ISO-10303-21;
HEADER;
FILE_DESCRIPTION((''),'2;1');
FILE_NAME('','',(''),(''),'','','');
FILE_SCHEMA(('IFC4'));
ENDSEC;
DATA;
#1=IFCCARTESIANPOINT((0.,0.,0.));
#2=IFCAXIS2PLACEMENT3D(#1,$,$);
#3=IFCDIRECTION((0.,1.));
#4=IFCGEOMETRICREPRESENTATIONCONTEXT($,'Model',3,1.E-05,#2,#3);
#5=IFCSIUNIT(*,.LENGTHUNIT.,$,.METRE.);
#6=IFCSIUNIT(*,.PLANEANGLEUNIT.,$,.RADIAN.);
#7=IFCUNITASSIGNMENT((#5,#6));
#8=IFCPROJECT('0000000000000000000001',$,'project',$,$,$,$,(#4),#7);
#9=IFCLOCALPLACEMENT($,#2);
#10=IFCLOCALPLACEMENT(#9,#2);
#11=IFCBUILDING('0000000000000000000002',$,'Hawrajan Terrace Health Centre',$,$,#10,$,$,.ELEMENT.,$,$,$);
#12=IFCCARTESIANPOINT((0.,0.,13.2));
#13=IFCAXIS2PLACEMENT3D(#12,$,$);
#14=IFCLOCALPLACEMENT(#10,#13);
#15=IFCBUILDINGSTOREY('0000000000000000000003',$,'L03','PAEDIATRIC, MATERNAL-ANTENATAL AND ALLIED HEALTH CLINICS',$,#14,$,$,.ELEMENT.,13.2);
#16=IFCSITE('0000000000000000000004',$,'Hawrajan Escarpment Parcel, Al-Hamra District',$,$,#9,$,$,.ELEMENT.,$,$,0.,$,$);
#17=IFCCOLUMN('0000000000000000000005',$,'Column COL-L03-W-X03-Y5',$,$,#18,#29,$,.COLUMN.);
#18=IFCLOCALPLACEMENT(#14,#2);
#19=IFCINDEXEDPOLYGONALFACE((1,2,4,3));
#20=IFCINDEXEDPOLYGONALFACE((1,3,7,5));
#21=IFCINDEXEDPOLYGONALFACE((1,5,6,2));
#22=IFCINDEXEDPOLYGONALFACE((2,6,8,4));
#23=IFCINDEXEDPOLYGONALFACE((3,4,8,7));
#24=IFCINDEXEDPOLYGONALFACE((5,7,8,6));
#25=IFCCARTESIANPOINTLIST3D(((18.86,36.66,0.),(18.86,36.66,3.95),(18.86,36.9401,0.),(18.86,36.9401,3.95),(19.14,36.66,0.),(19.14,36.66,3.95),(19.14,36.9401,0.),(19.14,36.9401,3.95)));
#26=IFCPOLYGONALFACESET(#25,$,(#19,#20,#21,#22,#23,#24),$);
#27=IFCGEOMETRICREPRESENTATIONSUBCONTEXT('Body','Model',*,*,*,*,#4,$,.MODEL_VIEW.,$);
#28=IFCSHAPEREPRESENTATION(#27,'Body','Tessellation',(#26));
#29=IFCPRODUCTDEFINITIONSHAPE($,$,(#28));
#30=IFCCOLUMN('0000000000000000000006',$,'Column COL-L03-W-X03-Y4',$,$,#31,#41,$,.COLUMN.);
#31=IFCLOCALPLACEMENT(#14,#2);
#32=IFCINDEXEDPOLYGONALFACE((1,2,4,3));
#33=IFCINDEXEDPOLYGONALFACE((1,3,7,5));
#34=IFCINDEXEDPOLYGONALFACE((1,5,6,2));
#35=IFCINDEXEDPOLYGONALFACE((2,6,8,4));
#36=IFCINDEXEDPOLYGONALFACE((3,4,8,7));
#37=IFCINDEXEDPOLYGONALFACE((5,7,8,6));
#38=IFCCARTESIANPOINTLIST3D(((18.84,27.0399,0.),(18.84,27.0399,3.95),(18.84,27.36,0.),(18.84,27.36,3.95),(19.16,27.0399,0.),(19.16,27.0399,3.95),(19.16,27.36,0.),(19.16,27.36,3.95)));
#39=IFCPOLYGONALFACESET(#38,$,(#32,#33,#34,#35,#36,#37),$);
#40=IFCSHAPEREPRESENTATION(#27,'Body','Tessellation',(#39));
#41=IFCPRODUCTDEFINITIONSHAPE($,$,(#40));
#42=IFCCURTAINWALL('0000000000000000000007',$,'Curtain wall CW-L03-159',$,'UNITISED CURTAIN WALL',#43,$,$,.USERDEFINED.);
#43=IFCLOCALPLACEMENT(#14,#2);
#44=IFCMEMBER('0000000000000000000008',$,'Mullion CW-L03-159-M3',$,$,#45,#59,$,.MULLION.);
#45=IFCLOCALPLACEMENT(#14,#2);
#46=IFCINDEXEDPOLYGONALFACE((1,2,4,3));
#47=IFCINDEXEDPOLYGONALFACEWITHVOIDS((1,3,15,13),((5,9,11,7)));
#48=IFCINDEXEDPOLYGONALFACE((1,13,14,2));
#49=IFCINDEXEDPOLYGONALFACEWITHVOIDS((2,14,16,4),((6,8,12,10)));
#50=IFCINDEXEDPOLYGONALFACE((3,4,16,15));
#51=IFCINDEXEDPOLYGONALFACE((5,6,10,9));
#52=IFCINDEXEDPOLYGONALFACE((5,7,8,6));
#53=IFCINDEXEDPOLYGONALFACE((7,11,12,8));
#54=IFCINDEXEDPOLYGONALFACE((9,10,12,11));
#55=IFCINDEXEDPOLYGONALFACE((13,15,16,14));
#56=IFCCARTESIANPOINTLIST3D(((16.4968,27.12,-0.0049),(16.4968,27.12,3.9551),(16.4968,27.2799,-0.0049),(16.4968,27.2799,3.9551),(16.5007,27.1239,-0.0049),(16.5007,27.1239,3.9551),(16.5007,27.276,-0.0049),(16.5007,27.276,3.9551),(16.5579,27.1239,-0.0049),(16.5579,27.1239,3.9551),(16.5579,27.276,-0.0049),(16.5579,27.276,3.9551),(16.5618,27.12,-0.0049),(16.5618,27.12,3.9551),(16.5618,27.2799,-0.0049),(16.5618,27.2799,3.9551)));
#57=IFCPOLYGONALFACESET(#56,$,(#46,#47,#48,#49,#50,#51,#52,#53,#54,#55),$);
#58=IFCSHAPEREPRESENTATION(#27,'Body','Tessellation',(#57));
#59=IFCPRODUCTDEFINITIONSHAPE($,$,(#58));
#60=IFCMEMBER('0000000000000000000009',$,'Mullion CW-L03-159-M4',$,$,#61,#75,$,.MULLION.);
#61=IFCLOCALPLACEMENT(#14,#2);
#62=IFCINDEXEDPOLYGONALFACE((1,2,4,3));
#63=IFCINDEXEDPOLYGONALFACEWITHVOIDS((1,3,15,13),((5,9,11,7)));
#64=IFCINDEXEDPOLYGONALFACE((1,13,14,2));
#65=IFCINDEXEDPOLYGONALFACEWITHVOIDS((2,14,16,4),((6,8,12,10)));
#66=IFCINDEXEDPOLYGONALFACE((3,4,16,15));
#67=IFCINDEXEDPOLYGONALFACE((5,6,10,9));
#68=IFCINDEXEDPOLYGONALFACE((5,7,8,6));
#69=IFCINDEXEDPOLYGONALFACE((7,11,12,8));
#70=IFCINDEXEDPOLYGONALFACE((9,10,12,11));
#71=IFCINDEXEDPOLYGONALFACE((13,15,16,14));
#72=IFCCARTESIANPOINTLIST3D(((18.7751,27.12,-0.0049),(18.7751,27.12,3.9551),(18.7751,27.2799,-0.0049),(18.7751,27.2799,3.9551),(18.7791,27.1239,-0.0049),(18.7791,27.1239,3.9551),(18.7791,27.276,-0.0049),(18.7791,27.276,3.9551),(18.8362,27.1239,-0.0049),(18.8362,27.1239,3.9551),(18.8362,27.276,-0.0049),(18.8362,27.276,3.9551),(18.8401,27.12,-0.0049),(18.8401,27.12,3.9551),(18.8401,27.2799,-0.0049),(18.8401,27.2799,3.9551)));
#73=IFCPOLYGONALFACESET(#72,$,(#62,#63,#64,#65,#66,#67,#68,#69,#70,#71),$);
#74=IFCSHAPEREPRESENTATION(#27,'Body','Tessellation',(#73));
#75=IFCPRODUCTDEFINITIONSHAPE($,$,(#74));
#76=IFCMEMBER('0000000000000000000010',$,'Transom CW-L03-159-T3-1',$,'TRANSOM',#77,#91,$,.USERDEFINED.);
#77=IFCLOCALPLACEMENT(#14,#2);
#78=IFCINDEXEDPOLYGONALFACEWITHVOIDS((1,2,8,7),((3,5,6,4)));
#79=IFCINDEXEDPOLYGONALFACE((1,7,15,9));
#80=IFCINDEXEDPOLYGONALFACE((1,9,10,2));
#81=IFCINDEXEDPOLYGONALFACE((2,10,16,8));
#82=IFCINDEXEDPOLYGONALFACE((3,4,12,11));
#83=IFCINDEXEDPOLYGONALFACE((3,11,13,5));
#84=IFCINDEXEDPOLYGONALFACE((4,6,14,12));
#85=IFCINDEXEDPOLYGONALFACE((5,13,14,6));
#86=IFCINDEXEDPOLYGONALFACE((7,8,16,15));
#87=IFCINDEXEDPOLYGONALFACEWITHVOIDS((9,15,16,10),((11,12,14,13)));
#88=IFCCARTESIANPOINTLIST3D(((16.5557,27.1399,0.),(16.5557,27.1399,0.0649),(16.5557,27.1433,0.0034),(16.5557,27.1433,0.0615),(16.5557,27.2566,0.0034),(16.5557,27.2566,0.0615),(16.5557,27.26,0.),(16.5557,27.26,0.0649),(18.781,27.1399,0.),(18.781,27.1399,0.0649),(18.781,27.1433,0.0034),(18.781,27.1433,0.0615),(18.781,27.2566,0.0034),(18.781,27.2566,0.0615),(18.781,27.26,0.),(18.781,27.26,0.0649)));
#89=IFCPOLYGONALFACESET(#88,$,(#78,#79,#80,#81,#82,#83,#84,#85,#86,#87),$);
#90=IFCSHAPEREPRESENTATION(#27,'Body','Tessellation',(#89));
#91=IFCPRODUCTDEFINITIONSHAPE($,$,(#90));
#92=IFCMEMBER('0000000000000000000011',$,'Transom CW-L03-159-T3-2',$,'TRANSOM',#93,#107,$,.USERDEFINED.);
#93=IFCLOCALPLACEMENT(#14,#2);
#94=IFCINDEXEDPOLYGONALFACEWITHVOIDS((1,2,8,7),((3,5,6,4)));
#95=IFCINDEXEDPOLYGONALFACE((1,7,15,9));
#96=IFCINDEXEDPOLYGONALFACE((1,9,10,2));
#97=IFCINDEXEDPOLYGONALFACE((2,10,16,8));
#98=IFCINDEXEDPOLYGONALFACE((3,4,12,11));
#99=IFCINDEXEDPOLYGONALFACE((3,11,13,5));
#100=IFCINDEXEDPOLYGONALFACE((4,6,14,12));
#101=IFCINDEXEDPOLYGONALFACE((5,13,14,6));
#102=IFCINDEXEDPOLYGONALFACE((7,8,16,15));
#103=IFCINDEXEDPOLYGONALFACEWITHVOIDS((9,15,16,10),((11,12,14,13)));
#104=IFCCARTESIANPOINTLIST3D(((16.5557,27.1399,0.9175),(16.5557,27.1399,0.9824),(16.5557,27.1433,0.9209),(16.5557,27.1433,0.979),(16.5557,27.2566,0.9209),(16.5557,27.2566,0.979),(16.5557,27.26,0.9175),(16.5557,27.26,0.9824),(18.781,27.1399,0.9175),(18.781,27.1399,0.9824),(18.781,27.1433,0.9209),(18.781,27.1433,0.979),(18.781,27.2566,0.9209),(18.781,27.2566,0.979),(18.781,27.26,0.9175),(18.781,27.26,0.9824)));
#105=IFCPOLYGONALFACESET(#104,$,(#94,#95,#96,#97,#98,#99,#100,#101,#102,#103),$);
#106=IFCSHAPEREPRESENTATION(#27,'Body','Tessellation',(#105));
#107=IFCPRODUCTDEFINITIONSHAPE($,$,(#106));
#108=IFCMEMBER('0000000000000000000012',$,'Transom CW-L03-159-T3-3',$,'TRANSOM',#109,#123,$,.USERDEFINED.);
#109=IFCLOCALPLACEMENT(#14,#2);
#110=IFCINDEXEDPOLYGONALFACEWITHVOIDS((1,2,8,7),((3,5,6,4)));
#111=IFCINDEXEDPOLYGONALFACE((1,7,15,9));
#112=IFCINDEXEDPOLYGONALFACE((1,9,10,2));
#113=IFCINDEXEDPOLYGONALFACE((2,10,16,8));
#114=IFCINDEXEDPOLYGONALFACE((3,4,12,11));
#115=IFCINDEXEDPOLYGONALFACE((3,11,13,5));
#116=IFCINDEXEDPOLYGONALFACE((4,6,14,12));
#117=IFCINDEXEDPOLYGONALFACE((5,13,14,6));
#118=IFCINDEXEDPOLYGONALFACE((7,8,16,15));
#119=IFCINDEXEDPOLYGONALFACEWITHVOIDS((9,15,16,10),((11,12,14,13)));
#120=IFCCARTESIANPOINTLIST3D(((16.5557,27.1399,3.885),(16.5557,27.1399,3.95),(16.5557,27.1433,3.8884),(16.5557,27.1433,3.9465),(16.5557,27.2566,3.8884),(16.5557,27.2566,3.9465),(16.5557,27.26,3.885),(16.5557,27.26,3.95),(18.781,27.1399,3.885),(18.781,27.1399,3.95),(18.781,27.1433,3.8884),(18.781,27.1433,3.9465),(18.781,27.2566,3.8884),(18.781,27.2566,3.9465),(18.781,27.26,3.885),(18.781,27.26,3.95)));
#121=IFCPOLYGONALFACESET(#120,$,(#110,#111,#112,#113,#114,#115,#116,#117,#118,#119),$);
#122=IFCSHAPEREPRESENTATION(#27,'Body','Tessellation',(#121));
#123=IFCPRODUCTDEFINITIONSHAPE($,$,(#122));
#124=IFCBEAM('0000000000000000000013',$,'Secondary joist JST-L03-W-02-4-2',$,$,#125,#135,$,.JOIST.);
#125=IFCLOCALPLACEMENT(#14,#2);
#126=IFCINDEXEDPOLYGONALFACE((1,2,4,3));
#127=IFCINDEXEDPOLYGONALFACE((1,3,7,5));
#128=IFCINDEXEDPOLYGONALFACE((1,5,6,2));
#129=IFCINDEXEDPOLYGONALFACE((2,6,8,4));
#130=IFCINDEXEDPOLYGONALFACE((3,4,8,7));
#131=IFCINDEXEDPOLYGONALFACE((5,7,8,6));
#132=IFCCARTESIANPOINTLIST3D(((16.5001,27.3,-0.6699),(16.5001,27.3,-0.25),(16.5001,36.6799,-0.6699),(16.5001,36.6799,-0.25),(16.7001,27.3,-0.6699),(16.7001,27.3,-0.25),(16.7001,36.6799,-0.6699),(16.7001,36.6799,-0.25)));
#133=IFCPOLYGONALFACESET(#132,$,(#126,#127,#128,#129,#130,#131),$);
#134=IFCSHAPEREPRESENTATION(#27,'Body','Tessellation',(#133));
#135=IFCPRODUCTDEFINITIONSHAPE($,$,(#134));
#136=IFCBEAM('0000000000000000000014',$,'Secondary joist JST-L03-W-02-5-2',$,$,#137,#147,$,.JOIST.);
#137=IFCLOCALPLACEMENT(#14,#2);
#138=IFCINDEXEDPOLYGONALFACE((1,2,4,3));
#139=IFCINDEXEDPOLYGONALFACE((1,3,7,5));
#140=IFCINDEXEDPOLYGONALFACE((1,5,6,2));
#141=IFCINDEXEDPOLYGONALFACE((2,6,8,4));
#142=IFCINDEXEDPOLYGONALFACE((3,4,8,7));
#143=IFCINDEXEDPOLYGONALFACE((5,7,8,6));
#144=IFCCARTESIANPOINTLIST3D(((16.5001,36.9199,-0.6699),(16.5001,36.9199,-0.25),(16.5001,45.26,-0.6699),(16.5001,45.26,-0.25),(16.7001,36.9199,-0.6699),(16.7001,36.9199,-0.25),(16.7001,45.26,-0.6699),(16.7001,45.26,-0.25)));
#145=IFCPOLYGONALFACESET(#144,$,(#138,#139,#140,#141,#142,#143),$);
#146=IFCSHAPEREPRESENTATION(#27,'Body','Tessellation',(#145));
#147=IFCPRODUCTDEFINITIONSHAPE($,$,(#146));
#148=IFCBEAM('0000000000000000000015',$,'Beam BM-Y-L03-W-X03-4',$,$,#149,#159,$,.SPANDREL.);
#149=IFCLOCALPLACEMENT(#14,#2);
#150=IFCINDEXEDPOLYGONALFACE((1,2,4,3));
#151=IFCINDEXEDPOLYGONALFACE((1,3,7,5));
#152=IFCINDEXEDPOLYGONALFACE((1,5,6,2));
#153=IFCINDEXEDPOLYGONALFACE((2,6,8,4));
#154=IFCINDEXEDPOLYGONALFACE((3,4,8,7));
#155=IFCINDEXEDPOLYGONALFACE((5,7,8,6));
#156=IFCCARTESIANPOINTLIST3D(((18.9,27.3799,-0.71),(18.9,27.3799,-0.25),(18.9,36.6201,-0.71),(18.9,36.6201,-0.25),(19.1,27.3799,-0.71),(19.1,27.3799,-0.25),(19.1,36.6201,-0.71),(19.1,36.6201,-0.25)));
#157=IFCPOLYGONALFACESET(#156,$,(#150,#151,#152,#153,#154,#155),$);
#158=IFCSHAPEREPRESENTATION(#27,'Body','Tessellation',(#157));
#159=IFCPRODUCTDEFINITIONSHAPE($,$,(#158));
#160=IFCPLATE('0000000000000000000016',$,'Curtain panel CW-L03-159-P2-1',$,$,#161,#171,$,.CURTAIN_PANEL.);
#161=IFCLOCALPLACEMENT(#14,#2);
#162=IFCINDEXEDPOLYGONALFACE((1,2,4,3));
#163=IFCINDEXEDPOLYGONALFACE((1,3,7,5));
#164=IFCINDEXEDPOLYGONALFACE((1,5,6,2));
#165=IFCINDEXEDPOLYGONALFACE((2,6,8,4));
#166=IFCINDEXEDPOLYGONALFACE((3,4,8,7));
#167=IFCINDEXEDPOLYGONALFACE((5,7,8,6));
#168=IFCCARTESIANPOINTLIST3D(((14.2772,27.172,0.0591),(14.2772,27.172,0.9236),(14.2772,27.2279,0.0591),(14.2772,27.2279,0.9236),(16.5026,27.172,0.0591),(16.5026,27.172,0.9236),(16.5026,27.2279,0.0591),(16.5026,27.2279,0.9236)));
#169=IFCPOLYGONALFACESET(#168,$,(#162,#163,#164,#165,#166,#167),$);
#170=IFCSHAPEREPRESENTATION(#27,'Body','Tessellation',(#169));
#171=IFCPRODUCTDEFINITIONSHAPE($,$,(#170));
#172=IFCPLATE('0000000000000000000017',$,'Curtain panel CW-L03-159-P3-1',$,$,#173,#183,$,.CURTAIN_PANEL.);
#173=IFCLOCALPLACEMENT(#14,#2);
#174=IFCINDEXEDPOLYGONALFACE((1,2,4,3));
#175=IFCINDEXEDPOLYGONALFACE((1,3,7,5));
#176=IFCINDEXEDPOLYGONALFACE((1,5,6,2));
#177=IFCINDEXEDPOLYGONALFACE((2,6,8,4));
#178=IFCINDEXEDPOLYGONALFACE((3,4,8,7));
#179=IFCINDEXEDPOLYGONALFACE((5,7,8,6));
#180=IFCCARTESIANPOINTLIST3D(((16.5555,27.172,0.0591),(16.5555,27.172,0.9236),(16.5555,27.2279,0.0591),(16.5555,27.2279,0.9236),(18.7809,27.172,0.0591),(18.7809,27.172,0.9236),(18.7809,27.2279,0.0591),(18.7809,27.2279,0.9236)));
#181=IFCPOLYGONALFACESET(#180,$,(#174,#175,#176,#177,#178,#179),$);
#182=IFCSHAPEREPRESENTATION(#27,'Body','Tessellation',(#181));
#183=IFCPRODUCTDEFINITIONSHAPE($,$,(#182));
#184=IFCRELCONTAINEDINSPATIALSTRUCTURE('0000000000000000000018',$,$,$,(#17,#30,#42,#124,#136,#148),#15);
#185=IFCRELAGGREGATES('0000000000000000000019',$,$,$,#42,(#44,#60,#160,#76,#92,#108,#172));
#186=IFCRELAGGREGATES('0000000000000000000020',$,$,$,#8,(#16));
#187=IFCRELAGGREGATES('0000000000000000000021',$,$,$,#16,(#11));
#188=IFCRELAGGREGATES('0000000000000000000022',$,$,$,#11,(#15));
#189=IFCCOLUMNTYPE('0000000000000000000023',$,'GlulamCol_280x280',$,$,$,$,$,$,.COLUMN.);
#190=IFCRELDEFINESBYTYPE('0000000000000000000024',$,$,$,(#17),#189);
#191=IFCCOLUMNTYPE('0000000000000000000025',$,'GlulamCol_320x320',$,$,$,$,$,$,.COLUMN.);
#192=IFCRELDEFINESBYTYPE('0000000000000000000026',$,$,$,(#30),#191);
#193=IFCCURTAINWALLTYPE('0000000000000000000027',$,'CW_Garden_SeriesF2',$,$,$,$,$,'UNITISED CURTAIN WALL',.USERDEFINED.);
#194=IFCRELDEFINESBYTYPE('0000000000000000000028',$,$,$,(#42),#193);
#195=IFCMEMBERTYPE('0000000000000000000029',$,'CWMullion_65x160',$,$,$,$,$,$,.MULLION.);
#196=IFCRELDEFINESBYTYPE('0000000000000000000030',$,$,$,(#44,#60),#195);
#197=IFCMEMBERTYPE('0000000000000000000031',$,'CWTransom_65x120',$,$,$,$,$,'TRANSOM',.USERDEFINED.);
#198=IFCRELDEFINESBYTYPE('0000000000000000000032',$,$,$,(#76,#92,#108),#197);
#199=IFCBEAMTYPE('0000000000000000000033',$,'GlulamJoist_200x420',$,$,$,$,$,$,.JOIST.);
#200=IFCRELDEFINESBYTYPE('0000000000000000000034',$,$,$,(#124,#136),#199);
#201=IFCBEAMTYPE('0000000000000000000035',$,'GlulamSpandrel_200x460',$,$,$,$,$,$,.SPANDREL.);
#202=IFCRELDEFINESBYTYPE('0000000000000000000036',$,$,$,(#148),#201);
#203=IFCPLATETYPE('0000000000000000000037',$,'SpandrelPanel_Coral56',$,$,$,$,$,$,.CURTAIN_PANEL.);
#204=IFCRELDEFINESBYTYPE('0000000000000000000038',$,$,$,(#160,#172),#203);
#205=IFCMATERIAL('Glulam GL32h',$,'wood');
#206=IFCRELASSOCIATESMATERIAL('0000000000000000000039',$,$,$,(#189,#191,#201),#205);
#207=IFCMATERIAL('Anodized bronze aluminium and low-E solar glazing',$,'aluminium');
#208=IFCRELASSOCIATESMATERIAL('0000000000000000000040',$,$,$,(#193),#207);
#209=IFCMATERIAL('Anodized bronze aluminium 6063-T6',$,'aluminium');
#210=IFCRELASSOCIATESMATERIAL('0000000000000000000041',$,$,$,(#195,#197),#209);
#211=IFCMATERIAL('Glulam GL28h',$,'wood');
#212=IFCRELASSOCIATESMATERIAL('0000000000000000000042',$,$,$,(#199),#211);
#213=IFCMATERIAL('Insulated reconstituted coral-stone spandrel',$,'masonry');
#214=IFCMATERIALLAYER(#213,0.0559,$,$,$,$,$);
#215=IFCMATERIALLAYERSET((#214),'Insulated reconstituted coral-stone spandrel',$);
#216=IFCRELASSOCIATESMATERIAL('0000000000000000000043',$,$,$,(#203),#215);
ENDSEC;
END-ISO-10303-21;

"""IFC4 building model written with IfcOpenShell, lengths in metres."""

from ifc_helpers import new_model, si_unit, direction, frame, origin, origin_2d, place, context, subcontext, project, spatial, rectangle, hollow_rectangle, extrude, material, layer, layer_set, material_profile, profile_set, type_object, element, aggregate, save


model = new_model("IFC4")

# Units and contexts
model_context = context("Model", 3, precision=1e-05, world=origin(), true_north=direction((0.0, 1.0)))
body_context = subcontext(model_context, "Body", "Model", "MODEL_VIEW")
ifc_project = project(units=[si_unit("LENGTHUNIT", "METRE"), si_unit("PLANEANGLEUNIT", "RADIAN")], contexts=[model_context])

# Site, building, storey
site_placement = place(None, origin())
site = spatial("IfcSite", under=ifc_project, at=site_placement, Name="Hawrajan Escarpment Parcel, Al-Hamra District", CompositionType="ELEMENT", RefElevation=0.0)
building_placement = place(site_placement, origin())
building = spatial("IfcBuilding", under=site, at=building_placement, Name="Hawrajan Terrace Health Centre", CompositionType="ELEMENT")
storey_placement = place(building_placement, frame((0.0, 0.0, 13.2)))
storey = spatial("IfcBuildingStorey", under=building, at=storey_placement, Name="L03", Description="PAEDIATRIC, MATERNAL-ANTENATAL AND ALLIED HEALTH CLINICS", CompositionType="ELEMENT", Elevation=13.2)

# Columns
ifc_material_1 = material(Name="Glulam GL32h", Category="wood")
ifc_material_profile_1 = material_profile(ifc_material_1, rectangle(XDim=0.28, YDim=0.28, at=origin_2d()), Name="GL 280x280")
ifc_profile_set_1 = profile_set([ifc_material_profile_1], Name="Glulam GL32h")
column_type_1 = type_object("IfcColumnType", Name="GlulamCol_280x280", PredefinedType="COLUMN", material=ifc_profile_set_1)
column_1_placement = place(storey_placement, frame((19.0, 36.8, 0.0), z_axis=(0.0, 0.0, 1.0), x_axis=(1.0, 0.0, 0.0)))
element("IfcColumn", 1, at=column_1_placement, inside=storey, type_object=column_type_1, Name="Column COL-L03-W-X03-Y5", PredefinedType="COLUMN", context=body_context, shape_type="SweptSolid", body=[
    extrude(rectangle(XDim=0.28, YDim=0.28, at=origin_2d()), origin(), (0.0, 0.0, 1.0), 3.95),
])
ifc_material_profile_2 = material_profile(ifc_material_1, rectangle(XDim=0.3201, YDim=0.3201, at=origin_2d()), Name="GL 320x320")
ifc_profile_set_2 = profile_set([ifc_material_profile_2], Name="Glulam GL32h")
column_type_2 = type_object("IfcColumnType", Name="GlulamCol_320x320", PredefinedType="COLUMN", material=ifc_profile_set_2)
column_2_placement = place(storey_placement, frame((19.0, 27.2, 0.0), z_axis=(0.0, 0.0, 1.0), x_axis=(1.0, 0.0, 0.0)))
element("IfcColumn", 2, at=column_2_placement, inside=storey, type_object=column_type_2, Name="Column COL-L03-W-X03-Y4", PredefinedType="COLUMN", context=body_context, shape_type="SweptSolid", body=[
    extrude(rectangle(XDim=0.3201, YDim=0.3201, at=origin_2d()), origin(), (0.0, 0.0, 1.0), 3.95),
])

# Curtain wall, members
ifc_material_2 = material(Name="Anodized bronze aluminium and low-E solar glazing", Category="aluminium")
curtain_wall_type = type_object("IfcCurtainWallType", Name="CW_Garden_SeriesF2", ElementType="UNITISED CURTAIN WALL", PredefinedType="USERDEFINED", material=ifc_material_2)
curtain_wall_placement = place(storey_placement, origin())
curtain_wall = element("IfcCurtainWall", 3, at=curtain_wall_placement, inside=storey, type_object=curtain_wall_type, Name="Curtain wall CW-L03-159", ObjectType="UNITISED CURTAIN WALL", PredefinedType="USERDEFINED")
ifc_material_3 = material(Name="Anodized bronze aluminium 6063-T6", Category="aluminium")
ifc_material_profile_3 = material_profile(ifc_material_3, hollow_rectangle(XDim=0.0649, YDim=0.1599, WallThickness=0.0039, at=origin_2d()), Name="CW MUL 65x160")
ifc_profile_set_3 = profile_set([ifc_material_profile_3], Name="Anodized bronze aluminium 6063-T6")
member_type_1 = type_object("IfcMemberType", Name="CWMullion_65x160", PredefinedType="MULLION", material=ifc_profile_set_3)
member_1_placement = place(storey_placement, frame((16.5293, 27.2, -0.0049), z_axis=(0.0, 0.0, 1.0), x_axis=(1.0, 0.0, 0.0)))
member_1 = element("IfcMember", 4, at=member_1_placement, type_object=member_type_1, Name="Mullion CW-L03-159-M3", PredefinedType="MULLION", context=body_context, shape_type="SweptSolid", body=[
    extrude(hollow_rectangle(XDim=0.0649, YDim=0.1599, WallThickness=0.0039, at=origin_2d()), origin(), (0.0, 0.0, 1.0), 3.96),
])
member_2_placement = place(storey_placement, frame((18.8076, 27.2, -0.0049), z_axis=(0.0, 0.0, 1.0), x_axis=(1.0, 0.0, 0.0)))
member_2 = element("IfcMember", 5, at=member_2_placement, type_object=member_type_1, Name="Mullion CW-L03-159-M4", PredefinedType="MULLION", context=body_context, shape_type="SweptSolid", body=[
    extrude(hollow_rectangle(XDim=0.0649, YDim=0.1599, WallThickness=0.0039, at=origin_2d()), origin(), (0.0, 0.0, 1.0), 3.96),
])
ifc_material_profile_4 = material_profile(ifc_material_3, hollow_rectangle(XDim=0.0649, YDim=0.1201, WallThickness=0.0034, at=origin_2d()), Name="CW TRN 65x120")
ifc_profile_set_4 = profile_set([ifc_material_profile_4], Name="Anodized bronze aluminium 6063-T6")
member_type_2 = type_object("IfcMemberType", Name="CWTransom_65x120", ElementType="TRANSOM", PredefinedType="USERDEFINED", material=ifc_profile_set_4)
member_3_placement = place(storey_placement, frame((16.5557, 27.2, 0.0325), z_axis=(1.0, 0.0, 0.0), x_axis=(0.0, 0.0, 1.0)))
member_3 = element("IfcMember", 6, at=member_3_placement, type_object=member_type_2, Name="Transom CW-L03-159-T3-1", ObjectType="TRANSOM", PredefinedType="USERDEFINED", context=body_context, shape_type="SweptSolid", body=[
    extrude(hollow_rectangle(XDim=0.0649, YDim=0.1201, WallThickness=0.0034, at=origin_2d()), origin(), (0.0, 0.0, 1.0), 2.2253),
])
member_4_placement = place(storey_placement, frame((16.5557, 27.2, 0.95), z_axis=(1.0, 0.0, 0.0), x_axis=(0.0, 0.0, 1.0)))
member_4 = element("IfcMember", 7, at=member_4_placement, type_object=member_type_2, Name="Transom CW-L03-159-T3-2", ObjectType="TRANSOM", PredefinedType="USERDEFINED", context=body_context, shape_type="SweptSolid", body=[
    extrude(hollow_rectangle(XDim=0.0649, YDim=0.1201, WallThickness=0.0034, at=origin_2d()), origin(), (0.0, 0.0, 1.0), 2.2253),
])
member_5_placement = place(storey_placement, frame((16.5557, 27.2, 3.9175), z_axis=(1.0, 0.0, 0.0), x_axis=(0.0, 0.0, 1.0)))
member_5 = element("IfcMember", 8, at=member_5_placement, type_object=member_type_2, Name="Transom CW-L03-159-T3-3", ObjectType="TRANSOM", PredefinedType="USERDEFINED", context=body_context, shape_type="SweptSolid", body=[
    extrude(hollow_rectangle(XDim=0.0649, YDim=0.1201, WallThickness=0.0034, at=origin_2d()), origin(), (0.0, 0.0, 1.0), 2.2253),
])

# Beams
ifc_material_4 = material(Name="Glulam GL28h", Category="wood")
ifc_material_profile_5 = material_profile(ifc_material_4, rectangle(XDim=0.2, YDim=0.4199, at=origin_2d()), Name="GL JST 200x420")
ifc_profile_set_5 = profile_set([ifc_material_profile_5], Name="Glulam GL28h")
beam_type_1 = type_object("IfcBeamType", Name="GlulamJoist_200x420", PredefinedType="JOIST", material=ifc_profile_set_5)
beam_1_placement = place(storey_placement, frame((16.6001, 27.3, -0.46), z_axis=(0.0, 1.0, 0.0), x_axis=(-1.0, 0.0, 0.0)))
element("IfcBeam", 9, at=beam_1_placement, inside=storey, type_object=beam_type_1, Name="Secondary joist JST-L03-W-02-4-2", PredefinedType="JOIST", context=body_context, shape_type="SweptSolid", body=[
    extrude(rectangle(XDim=0.2, YDim=0.4199, at=origin_2d()), origin(), (0.0, 0.0, 1.0), 9.3799),
])
beam_2_placement = place(storey_placement, frame((16.6001, 36.9199, -0.46), z_axis=(0.0, 1.0, 0.0), x_axis=(-1.0, 0.0, 0.0)))
element("IfcBeam", 10, at=beam_2_placement, inside=storey, type_object=beam_type_1, Name="Secondary joist JST-L03-W-02-5-2", PredefinedType="JOIST", context=body_context, shape_type="SweptSolid", body=[
    extrude(rectangle(XDim=0.2, YDim=0.4199, at=origin_2d()), origin(), (0.0, 0.0, 1.0), 8.3401),
])
ifc_material_profile_6 = material_profile(ifc_material_1, rectangle(XDim=0.2, YDim=0.46, at=origin_2d()), Name="GL SP 200x460")
ifc_profile_set_6 = profile_set([ifc_material_profile_6], Name="Glulam GL32h")
beam_type_2 = type_object("IfcBeamType", Name="GlulamSpandrel_200x460", PredefinedType="SPANDREL", material=ifc_profile_set_6)
beam_3_placement = place(storey_placement, frame((19.0, 27.3799, -0.48), z_axis=(0.0, 1.0, 0.0), x_axis=(-1.0, 0.0, 0.0)))
element("IfcBeam", 11, at=beam_3_placement, inside=storey, type_object=beam_type_2, Name="Beam BM-Y-L03-W-X03-4", PredefinedType="SPANDREL", context=body_context, shape_type="SweptSolid", body=[
    extrude(rectangle(XDim=0.2, YDim=0.46, at=origin_2d()), origin(), (0.0, 0.0, 1.0), 9.2402),
])

# Plates
ifc_material_5 = material(Name="Insulated reconstituted coral-stone spandrel", Category="masonry")
ifc_layer_1 = layer(ifc_material_5, 0.0559)
ifc_layer_set_1 = layer_set([ifc_layer_1], Name="Insulated reconstituted coral-stone spandrel")
plate_type_1 = type_object("IfcPlateType", Name="SpandrelPanel_Coral56", PredefinedType="CURTAIN_PANEL", material=ifc_layer_set_1)
plate_1_placement = place(storey_placement, frame((15.3899, 27.2, 0.0591), z_axis=(0.0, 0.0, 1.0), x_axis=(1.0, 0.0, 0.0)))
plate_1 = element("IfcPlate", 12, at=plate_1_placement, type_object=plate_type_1, Name="Curtain panel CW-L03-159-P2-1", PredefinedType="CURTAIN_PANEL", context=body_context, shape_type="SweptSolid", body=[
    extrude(rectangle(XDim=2.2253, YDim=0.0559, at=origin_2d()), origin(), (0.0, 0.0, 1.0), 0.8645),
])
plate_2_placement = place(storey_placement, frame((17.6682, 27.2, 0.0591), z_axis=(0.0, 0.0, 1.0), x_axis=(1.0, 0.0, 0.0)))
plate_2 = element("IfcPlate", 13, at=plate_2_placement, type_object=plate_type_1, Name="Curtain panel CW-L03-159-P3-1", PredefinedType="CURTAIN_PANEL", context=body_context, shape_type="SweptSolid", body=[
    extrude(rectangle(XDim=2.2253, YDim=0.0559, at=origin_2d()), origin(), (0.0, 0.0, 1.0), 0.8645),
])
aggregate(curtain_wall, [member_1, member_2, plate_1, member_3, member_4, member_5, plate_2])

save(model, "model.ifc")
